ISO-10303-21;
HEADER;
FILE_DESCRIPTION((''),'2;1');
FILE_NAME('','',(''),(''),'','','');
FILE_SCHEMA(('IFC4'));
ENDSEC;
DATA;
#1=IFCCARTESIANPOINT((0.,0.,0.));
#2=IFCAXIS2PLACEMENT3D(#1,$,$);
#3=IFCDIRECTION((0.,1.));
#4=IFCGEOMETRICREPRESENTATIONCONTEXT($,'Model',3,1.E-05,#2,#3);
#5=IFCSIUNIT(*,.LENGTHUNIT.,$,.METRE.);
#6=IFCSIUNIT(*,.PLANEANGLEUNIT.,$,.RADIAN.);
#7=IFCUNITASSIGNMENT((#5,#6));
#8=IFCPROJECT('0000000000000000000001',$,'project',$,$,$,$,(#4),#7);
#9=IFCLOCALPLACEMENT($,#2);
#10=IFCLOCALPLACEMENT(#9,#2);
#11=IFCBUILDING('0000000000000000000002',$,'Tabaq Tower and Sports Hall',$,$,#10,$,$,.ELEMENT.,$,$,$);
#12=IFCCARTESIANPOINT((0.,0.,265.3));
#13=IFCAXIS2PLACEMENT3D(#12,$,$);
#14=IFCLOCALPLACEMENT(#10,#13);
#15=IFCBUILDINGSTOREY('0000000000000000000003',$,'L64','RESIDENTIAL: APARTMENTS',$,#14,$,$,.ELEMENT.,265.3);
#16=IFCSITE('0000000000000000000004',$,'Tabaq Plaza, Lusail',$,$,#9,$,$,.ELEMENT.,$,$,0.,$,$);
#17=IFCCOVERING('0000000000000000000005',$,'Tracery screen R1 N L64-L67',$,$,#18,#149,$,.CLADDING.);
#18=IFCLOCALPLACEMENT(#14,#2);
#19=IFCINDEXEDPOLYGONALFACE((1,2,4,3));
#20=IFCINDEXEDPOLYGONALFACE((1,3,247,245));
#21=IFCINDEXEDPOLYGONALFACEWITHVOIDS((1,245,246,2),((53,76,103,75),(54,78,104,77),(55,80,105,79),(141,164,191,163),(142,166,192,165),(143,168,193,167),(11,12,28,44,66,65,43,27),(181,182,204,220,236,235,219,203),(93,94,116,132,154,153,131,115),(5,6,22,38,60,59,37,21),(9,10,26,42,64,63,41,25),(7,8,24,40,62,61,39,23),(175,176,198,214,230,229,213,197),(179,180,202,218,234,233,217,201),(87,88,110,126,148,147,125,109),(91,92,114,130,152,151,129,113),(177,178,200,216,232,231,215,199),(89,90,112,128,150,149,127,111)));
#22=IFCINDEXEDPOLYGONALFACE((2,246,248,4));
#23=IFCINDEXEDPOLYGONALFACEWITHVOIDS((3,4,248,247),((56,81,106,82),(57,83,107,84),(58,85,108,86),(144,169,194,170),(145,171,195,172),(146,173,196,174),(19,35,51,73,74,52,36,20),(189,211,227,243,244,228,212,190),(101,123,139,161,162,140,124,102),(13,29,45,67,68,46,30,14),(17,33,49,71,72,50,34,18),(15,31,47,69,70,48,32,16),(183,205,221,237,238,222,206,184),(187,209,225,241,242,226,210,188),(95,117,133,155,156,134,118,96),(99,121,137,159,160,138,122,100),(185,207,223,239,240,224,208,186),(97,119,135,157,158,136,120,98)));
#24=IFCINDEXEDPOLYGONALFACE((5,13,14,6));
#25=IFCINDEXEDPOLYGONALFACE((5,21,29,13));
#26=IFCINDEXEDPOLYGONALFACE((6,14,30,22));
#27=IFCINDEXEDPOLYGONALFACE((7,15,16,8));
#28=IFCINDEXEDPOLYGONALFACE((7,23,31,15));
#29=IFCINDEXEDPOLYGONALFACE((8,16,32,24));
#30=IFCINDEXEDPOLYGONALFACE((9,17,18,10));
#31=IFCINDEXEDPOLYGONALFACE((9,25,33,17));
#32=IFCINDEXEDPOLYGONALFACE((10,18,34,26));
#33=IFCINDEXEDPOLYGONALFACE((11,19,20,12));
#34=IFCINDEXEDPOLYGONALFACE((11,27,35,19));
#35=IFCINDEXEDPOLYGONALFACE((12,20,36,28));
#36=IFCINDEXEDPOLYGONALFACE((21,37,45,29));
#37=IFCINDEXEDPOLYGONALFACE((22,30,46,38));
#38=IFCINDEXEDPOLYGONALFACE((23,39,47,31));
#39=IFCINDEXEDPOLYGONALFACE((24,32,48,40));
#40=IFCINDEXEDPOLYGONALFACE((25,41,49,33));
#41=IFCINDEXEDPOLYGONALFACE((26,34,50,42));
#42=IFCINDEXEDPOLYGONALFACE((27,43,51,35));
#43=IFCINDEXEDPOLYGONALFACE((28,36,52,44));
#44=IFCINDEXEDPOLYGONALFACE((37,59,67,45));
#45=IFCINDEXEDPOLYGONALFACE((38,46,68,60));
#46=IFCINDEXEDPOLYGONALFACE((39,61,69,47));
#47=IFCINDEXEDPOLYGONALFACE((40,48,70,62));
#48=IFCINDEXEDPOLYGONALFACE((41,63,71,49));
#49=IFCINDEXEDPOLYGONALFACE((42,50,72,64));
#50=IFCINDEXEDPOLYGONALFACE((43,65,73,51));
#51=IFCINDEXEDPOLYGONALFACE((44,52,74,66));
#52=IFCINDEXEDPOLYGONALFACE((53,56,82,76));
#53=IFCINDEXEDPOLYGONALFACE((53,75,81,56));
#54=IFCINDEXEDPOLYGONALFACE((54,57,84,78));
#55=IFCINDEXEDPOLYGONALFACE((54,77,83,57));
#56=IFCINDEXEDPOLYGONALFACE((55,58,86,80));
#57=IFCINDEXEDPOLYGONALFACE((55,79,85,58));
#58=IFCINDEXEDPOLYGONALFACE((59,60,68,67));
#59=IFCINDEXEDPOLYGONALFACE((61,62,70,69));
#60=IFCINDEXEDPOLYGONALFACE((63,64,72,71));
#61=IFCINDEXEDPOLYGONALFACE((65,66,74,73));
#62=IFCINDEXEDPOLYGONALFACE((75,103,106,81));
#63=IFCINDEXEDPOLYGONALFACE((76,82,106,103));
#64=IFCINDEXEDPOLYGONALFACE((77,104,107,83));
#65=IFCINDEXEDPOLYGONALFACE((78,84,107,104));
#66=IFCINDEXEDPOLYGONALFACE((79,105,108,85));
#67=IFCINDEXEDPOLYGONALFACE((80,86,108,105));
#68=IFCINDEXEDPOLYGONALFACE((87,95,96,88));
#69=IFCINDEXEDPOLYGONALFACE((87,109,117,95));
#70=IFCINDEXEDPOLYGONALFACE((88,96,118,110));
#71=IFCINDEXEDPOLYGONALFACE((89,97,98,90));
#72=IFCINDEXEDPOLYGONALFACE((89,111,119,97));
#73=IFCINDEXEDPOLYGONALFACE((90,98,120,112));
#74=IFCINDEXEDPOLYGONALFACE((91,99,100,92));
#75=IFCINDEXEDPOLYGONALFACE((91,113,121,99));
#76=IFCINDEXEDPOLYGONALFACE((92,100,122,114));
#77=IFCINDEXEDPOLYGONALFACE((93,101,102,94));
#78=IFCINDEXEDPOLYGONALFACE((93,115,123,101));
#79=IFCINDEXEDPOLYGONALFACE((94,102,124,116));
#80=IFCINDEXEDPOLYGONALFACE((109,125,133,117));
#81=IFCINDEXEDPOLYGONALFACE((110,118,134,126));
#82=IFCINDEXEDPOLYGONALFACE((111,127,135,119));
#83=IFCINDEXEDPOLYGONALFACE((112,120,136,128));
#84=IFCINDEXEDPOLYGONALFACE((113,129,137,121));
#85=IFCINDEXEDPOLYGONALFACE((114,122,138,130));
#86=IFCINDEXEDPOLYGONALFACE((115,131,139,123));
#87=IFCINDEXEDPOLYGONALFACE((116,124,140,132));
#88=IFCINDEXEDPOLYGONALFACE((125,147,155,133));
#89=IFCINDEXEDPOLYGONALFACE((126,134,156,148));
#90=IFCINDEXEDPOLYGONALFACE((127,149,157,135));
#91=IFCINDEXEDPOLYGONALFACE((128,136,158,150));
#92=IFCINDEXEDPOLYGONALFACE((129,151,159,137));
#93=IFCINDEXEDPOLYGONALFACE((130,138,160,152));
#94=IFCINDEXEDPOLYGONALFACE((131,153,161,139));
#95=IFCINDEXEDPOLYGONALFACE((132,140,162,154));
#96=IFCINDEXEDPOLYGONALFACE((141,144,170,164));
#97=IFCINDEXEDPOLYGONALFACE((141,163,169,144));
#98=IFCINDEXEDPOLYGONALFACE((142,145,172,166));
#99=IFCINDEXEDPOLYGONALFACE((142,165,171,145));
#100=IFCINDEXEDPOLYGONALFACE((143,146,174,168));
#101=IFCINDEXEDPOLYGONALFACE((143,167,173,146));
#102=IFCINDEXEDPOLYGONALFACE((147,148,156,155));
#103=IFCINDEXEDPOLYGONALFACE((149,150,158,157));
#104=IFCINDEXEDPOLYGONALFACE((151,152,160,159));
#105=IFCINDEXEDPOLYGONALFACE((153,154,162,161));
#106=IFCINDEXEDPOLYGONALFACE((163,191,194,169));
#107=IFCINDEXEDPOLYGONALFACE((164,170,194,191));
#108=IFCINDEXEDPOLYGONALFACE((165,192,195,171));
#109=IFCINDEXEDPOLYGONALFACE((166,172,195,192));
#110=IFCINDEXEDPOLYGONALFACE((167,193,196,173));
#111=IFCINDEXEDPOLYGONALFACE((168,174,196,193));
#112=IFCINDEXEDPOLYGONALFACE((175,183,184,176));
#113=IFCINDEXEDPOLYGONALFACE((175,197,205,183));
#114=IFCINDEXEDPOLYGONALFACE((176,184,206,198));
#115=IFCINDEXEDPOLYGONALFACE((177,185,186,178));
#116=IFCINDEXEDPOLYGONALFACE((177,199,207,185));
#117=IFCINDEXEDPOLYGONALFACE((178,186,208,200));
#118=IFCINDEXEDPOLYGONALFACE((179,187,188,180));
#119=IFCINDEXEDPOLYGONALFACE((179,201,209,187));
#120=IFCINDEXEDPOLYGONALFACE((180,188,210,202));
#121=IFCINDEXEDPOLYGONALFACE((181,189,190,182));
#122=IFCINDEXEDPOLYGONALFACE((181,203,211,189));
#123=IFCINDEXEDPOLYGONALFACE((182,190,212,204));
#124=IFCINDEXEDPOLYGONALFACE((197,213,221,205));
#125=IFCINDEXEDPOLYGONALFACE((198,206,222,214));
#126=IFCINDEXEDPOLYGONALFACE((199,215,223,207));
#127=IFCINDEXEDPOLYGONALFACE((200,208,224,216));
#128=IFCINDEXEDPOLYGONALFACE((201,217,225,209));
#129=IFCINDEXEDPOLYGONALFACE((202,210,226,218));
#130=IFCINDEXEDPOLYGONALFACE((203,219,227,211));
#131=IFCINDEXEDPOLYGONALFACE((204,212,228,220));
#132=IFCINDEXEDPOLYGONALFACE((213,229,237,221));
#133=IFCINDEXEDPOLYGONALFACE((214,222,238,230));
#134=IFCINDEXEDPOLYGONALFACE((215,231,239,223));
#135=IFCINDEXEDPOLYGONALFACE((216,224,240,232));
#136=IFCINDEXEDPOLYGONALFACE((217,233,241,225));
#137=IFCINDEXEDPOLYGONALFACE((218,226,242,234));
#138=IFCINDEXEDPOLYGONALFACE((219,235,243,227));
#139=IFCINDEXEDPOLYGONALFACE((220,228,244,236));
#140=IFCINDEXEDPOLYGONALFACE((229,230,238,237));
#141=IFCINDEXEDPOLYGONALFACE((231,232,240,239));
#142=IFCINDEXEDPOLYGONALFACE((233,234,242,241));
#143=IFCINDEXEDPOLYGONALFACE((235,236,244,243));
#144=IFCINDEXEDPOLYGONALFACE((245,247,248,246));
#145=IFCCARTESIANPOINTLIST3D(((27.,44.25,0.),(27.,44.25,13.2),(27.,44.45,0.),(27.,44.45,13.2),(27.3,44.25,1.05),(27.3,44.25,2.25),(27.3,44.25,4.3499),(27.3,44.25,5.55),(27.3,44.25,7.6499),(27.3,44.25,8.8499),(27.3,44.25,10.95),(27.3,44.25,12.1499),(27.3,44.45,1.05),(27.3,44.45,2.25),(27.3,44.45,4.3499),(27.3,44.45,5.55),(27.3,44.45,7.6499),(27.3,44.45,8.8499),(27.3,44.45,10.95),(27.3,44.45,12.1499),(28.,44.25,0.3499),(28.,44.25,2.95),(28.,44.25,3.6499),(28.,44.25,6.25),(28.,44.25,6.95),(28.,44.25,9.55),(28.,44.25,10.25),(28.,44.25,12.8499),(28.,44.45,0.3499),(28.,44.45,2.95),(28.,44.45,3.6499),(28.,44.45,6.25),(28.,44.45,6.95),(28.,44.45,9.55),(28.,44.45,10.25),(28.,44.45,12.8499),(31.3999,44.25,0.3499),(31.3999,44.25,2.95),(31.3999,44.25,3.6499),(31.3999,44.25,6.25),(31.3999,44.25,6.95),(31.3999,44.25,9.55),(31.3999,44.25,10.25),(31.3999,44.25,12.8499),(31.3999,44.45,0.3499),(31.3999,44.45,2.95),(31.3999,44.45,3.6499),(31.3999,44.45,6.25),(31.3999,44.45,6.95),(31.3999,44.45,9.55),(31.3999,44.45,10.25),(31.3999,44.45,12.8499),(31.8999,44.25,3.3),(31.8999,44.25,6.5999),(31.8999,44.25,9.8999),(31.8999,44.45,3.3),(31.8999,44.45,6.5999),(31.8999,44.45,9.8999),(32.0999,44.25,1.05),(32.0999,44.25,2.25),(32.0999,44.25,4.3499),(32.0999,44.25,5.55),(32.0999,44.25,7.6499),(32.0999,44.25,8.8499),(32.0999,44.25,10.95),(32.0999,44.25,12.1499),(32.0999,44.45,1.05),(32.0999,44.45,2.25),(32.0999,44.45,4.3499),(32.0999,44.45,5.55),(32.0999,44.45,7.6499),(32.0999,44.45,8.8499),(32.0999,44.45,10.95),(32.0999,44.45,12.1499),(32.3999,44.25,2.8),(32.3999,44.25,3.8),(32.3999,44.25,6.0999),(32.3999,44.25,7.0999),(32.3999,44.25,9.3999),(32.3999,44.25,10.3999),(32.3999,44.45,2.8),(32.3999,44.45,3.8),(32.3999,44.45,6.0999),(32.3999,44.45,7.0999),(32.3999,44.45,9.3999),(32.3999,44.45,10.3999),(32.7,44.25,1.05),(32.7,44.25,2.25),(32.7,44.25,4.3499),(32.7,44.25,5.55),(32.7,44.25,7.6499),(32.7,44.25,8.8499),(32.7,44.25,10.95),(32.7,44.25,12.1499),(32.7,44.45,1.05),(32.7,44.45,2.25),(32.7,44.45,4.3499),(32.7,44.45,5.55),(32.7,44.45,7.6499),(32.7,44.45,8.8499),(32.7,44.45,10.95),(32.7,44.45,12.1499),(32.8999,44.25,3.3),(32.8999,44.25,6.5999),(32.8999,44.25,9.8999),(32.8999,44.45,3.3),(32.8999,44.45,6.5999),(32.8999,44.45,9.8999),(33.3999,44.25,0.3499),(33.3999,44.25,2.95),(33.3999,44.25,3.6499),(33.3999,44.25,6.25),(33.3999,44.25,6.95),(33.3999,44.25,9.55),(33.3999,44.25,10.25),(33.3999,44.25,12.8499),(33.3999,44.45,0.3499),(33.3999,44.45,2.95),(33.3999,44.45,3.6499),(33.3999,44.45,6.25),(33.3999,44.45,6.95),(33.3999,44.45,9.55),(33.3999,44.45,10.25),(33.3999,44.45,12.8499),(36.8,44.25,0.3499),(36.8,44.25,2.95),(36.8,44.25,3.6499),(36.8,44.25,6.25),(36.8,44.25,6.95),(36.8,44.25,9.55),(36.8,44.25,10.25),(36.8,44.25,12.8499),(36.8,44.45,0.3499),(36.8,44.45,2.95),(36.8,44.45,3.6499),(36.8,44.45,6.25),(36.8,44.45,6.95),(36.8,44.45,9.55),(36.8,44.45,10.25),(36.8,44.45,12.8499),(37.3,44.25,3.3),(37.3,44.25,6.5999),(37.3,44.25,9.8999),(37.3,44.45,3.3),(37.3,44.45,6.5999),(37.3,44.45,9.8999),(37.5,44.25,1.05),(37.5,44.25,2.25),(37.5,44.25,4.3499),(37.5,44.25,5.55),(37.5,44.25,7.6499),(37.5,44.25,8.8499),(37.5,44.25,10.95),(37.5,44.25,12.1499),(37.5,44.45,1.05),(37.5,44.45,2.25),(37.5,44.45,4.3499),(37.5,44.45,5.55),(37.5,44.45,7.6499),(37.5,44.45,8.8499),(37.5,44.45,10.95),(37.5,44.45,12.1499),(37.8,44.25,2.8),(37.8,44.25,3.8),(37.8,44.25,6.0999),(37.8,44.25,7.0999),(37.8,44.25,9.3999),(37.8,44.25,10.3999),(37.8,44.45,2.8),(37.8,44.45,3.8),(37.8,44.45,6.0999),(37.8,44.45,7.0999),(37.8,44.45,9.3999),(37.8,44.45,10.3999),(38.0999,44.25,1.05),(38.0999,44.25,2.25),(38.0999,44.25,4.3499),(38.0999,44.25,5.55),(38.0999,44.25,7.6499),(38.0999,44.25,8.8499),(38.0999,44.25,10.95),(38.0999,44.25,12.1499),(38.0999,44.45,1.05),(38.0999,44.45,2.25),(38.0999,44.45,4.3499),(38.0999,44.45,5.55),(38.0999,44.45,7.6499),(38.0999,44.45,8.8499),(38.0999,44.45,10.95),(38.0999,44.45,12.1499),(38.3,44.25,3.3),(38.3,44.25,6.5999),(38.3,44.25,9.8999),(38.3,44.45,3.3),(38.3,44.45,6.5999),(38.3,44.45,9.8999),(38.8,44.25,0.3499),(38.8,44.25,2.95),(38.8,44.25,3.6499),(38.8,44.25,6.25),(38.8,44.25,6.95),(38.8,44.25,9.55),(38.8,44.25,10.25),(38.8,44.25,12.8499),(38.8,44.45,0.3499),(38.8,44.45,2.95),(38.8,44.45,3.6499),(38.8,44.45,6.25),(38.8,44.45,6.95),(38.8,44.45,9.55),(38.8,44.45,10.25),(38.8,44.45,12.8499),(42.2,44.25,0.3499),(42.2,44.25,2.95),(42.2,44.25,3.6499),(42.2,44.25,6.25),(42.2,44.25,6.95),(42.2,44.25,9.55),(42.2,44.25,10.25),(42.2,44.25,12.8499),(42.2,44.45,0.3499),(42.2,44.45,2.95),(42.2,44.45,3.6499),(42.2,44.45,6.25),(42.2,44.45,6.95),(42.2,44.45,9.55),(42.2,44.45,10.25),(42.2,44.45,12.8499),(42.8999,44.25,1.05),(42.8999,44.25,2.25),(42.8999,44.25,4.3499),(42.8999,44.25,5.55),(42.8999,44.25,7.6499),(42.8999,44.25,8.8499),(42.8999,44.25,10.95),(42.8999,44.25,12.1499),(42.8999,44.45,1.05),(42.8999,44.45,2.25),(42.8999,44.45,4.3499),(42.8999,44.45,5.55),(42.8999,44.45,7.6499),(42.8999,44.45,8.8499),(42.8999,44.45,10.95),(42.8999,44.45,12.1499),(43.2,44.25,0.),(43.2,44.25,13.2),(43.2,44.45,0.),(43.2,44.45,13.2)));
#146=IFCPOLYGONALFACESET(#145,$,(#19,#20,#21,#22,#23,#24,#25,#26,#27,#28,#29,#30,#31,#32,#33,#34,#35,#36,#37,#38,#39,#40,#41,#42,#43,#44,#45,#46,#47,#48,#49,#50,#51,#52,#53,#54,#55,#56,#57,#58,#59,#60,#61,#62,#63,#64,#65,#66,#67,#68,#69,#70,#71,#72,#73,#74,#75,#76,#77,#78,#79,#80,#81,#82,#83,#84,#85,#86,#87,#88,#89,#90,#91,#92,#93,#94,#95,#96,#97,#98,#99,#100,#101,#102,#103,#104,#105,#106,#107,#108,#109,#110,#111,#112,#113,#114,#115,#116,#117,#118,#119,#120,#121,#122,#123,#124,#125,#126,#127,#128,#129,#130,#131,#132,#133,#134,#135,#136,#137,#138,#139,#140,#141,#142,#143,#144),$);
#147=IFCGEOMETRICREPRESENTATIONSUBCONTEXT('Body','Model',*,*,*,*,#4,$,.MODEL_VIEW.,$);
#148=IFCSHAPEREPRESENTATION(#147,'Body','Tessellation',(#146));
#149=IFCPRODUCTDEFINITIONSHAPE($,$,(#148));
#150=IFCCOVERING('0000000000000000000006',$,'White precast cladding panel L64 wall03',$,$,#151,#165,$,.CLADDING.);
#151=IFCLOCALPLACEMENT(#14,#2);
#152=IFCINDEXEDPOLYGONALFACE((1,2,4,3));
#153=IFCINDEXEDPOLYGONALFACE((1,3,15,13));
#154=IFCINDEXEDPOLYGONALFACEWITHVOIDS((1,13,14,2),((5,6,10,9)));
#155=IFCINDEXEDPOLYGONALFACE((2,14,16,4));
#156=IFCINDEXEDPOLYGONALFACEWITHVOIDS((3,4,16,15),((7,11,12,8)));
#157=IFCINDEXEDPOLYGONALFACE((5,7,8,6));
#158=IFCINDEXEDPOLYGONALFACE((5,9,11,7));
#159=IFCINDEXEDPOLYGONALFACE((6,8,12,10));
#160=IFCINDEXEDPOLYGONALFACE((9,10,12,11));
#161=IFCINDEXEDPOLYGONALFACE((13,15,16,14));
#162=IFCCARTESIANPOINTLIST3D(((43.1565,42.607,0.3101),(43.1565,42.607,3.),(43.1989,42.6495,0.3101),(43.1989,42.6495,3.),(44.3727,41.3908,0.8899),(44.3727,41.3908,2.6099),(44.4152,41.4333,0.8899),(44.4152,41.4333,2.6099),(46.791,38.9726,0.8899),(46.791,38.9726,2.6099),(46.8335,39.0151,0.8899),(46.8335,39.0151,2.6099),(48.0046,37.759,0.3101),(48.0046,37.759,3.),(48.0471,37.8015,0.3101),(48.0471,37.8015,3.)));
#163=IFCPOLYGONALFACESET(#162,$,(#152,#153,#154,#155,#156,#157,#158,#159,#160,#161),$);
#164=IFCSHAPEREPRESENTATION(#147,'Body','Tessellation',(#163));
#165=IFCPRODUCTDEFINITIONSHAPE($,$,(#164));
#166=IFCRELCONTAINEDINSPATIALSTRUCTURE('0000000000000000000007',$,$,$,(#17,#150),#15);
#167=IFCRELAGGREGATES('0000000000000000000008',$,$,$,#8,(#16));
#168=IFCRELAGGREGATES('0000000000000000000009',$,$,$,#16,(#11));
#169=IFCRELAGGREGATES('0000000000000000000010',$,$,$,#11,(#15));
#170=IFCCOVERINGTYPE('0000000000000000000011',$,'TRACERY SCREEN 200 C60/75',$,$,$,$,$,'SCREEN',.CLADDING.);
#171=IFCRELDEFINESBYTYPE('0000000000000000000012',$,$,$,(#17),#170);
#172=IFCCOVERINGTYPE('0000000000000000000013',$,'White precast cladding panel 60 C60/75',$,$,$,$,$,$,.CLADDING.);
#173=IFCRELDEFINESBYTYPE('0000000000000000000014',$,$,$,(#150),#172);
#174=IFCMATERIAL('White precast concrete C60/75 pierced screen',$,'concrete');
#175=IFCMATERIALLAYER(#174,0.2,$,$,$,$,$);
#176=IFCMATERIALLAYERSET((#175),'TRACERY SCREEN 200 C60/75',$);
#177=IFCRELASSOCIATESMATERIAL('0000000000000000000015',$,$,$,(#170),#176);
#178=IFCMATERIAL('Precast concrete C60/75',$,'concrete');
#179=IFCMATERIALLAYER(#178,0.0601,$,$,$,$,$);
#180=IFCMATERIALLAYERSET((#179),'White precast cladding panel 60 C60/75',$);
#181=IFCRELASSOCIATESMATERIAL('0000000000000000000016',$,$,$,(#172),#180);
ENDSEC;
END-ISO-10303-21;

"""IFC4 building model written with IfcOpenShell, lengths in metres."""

from ifc_helpers import new_model, si_unit, direction, frame, origin, place, context, subcontext, project, spatial, polyline, outline, extrude, material, layer, layer_set, type_object, element, save


model = new_model("IFC4")

# Units and contexts
model_context = context("Model", 3, precision=1e-05, world=origin(), true_north=direction((0.0, 1.0)))
body_context = subcontext(model_context, "Body", "Model", "MODEL_VIEW")
ifc_project = project(units=[si_unit("LENGTHUNIT", "METRE"), si_unit("PLANEANGLEUNIT", "RADIAN")], contexts=[model_context])

# Site, building, storey
site_placement = place(None, origin())
site = spatial("IfcSite", under=ifc_project, at=site_placement, Name="Tabaq Plaza, Lusail", CompositionType="ELEMENT", RefElevation=0.0)
building_placement = place(site_placement, origin())
building = spatial("IfcBuilding", under=site, at=building_placement, Name="Tabaq Tower and Sports Hall", CompositionType="ELEMENT")
storey_placement = place(building_placement, frame((0.0, 0.0, 265.3)))
storey = spatial("IfcBuildingStorey", under=building, at=storey_placement, Name="L64", Description="RESIDENTIAL: APARTMENTS", CompositionType="ELEMENT", Elevation=265.3)

# Coverings
ifc_material_1 = material(Name="White precast concrete C60/75 pierced screen", Category="concrete")
ifc_layer_1 = layer(ifc_material_1, 0.2)
ifc_layer_set_1 = layer_set([ifc_layer_1], Name="TRACERY SCREEN 200 C60/75")
covering_type_1 = type_object("IfcCoveringType", Name="TRACERY SCREEN 200 C60/75", ElementType="SCREEN", PredefinedType="CLADDING", material=ifc_layer_set_1)
covering_1_placement = place(storey_placement, frame((43.2, 44.3501, 0.0), z_axis=(0.0, 0.0, 1.0), x_axis=(-1.0, 0.0, 0.0)))
element("IfcCovering", 1, at=covering_1_placement, inside=storey, type_object=covering_type_1, Name="Tracery screen R1 N L64-L67", PredefinedType="CLADDING", context=body_context, shape_type="SweptSolid", body=[
    extrude(outline(polyline([(0.0, 0.0), (16.2, 0.0), (16.2, 13.2), (0.0, 13.2), (0.0, 0.0)]), holes=[polyline([(1.0, 0.3499), (4.3999, 0.3499), (5.1001, 1.05), (5.1001, 2.25), (4.3999, 2.95), (1.0, 2.95), (0.3, 2.25), (0.3, 1.05), (1.0, 0.3499)]), polyline([(6.3999, 0.3499), (9.8, 0.3499), (10.5, 1.05), (10.5, 2.25), (9.8, 2.95), (6.3999, 2.95), (5.7, 2.25), (5.7, 1.05), (6.3999, 0.3499)]), polyline([(11.8, 0.3499), (15.2, 0.3499), (15.8999, 1.05), (15.8999, 2.25), (15.2, 2.95), (11.8, 2.95), (11.1001, 2.25), (11.1001, 1.05), (11.8, 0.3499)]), polyline([(1.0, 3.6499), (4.3999, 3.6499), (5.1001, 4.3499), (5.1001, 5.55), (4.3999, 6.25), (1.0, 6.25), (0.3, 5.55), (0.3, 4.3499), (1.0, 3.6499)]), polyline([(6.3999, 3.6499), (9.8, 3.6499), (10.5, 4.3499), (10.5, 5.55), (9.8, 6.25), (6.3999, 6.25), (5.7, 5.55), (5.7, 4.3499), (6.3999, 3.6499)]), polyline([(11.8, 3.6499), (15.2, 3.6499), (15.8999, 4.3499), (15.8999, 5.55), (15.2, 6.25), (11.8, 6.25), (11.1001, 5.55), (11.1001, 4.3499), (11.8, 3.6499)]), polyline([(1.0, 6.95), (4.3999, 6.95), (5.1001, 7.6499), (5.1001, 8.8499), (4.3999, 9.55), (1.0, 9.55), (0.3, 8.8499), (0.3, 7.6499), (1.0, 6.95)]), polyline([(6.3999, 6.95), (9.8, 6.95), (10.5, 7.6499), (10.5, 8.8499), (9.8, 9.55), (6.3999, 9.55), (5.7, 8.8499), (5.7, 7.6499), (6.3999, 6.95)]), polyline([(11.8, 6.95), (15.2, 6.95), (15.8999, 7.6499), (15.8999, 8.8499), (15.2, 9.55), (11.8, 9.55), (11.1001, 8.8499), (11.1001, 7.6499), (11.8, 6.95)]), polyline([(1.0, 10.25), (4.3999, 10.25), (5.1001, 10.95), (5.1001, 12.1499), (4.3999, 12.8499), (1.0, 12.8499), (0.3, 12.1499), (0.3, 10.95), (1.0, 10.25)]), polyline([(6.3999, 10.25), (9.8, 10.25), (10.5, 10.95), (10.5, 12.1499), (9.8, 12.8499), (6.3999, 12.8499), (5.7, 12.1499), (5.7, 10.95), (6.3999, 10.25)]), polyline([(11.8, 10.25), (15.2, 10.25), (15.8999, 10.95), (15.8999, 12.1499), (15.2, 12.8499), (11.8, 12.8499), (11.1001, 12.1499), (11.1001, 10.95), (11.8, 10.25)]), polyline([(5.8999, 3.3), (5.3999, 3.8), (4.8999, 3.3), (5.3999, 2.8), (5.8999, 3.3)]), polyline([(11.3, 3.3), (10.8, 3.8), (10.3, 3.3), (10.8, 2.8), (11.3, 3.3)]), polyline([(5.8999, 6.5999), (5.3999, 7.0999), (4.8999, 6.5999), (5.3999, 6.0999), (5.8999, 6.5999)]), polyline([(11.3, 6.5999), (10.8, 7.0999), (10.3, 6.5999), (10.8, 6.0999), (11.3, 6.5999)]), polyline([(5.8999, 9.8999), (5.3999, 10.3999), (4.8999, 9.8999), (5.3999, 9.3999), (5.8999, 9.8999)]), polyline([(11.3, 9.8999), (10.8, 10.3999), (10.3, 9.8999), (10.8, 9.3999), (11.3, 9.8999)])]), frame((0.0, 0.1001, 0.0), z_axis=(0.0, -1.0, 0.0), x_axis=(1.0, 0.0, 0.0)), (0.0, 0.0, 1.0), 0.2),
])
ifc_material_2 = material(Name="Precast concrete C60/75", Category="concrete")
ifc_layer_2 = layer(ifc_material_2, 0.0601)
ifc_layer_set_2 = layer_set([ifc_layer_2], Name="White precast cladding panel 60 C60/75")
covering_type_2 = type_object("IfcCoveringType", Name="White precast cladding panel 60 C60/75", PredefinedType="CLADDING", material=ifc_layer_set_2)
covering_2_placement = place(storey_placement, frame((48.0259, 37.7803, 0.3101), z_axis=(0.0, 0.0, 1.0), x_axis=(-0.707125, 0.707089, 0.0)))
element("IfcCovering", 2, at=covering_2_placement, inside=storey, type_object=covering_type_2, Name="White precast cladding panel L64 wall03", PredefinedType="CLADDING", context=body_context, shape_type="SweptSolid", body=[
    extrude(outline(polyline([(0.0, 0.0), (6.8562, 0.0), (6.8562, 2.6899), (0.0, 2.6899), (0.0, 0.0)]), holes=[polyline([(1.7163, 0.5798), (1.7163, 2.2998), (5.1362, 2.2998), (5.1362, 0.5798), (1.7163, 0.5798)])]), frame((0.0, 0.03, 0.0), z_axis=(0.0, -1.0, 0.0), x_axis=(1.0, 0.0, 0.0)), (0.0, 0.0, 1.0), 0.0601),
])

save(model, "model.ifc")
